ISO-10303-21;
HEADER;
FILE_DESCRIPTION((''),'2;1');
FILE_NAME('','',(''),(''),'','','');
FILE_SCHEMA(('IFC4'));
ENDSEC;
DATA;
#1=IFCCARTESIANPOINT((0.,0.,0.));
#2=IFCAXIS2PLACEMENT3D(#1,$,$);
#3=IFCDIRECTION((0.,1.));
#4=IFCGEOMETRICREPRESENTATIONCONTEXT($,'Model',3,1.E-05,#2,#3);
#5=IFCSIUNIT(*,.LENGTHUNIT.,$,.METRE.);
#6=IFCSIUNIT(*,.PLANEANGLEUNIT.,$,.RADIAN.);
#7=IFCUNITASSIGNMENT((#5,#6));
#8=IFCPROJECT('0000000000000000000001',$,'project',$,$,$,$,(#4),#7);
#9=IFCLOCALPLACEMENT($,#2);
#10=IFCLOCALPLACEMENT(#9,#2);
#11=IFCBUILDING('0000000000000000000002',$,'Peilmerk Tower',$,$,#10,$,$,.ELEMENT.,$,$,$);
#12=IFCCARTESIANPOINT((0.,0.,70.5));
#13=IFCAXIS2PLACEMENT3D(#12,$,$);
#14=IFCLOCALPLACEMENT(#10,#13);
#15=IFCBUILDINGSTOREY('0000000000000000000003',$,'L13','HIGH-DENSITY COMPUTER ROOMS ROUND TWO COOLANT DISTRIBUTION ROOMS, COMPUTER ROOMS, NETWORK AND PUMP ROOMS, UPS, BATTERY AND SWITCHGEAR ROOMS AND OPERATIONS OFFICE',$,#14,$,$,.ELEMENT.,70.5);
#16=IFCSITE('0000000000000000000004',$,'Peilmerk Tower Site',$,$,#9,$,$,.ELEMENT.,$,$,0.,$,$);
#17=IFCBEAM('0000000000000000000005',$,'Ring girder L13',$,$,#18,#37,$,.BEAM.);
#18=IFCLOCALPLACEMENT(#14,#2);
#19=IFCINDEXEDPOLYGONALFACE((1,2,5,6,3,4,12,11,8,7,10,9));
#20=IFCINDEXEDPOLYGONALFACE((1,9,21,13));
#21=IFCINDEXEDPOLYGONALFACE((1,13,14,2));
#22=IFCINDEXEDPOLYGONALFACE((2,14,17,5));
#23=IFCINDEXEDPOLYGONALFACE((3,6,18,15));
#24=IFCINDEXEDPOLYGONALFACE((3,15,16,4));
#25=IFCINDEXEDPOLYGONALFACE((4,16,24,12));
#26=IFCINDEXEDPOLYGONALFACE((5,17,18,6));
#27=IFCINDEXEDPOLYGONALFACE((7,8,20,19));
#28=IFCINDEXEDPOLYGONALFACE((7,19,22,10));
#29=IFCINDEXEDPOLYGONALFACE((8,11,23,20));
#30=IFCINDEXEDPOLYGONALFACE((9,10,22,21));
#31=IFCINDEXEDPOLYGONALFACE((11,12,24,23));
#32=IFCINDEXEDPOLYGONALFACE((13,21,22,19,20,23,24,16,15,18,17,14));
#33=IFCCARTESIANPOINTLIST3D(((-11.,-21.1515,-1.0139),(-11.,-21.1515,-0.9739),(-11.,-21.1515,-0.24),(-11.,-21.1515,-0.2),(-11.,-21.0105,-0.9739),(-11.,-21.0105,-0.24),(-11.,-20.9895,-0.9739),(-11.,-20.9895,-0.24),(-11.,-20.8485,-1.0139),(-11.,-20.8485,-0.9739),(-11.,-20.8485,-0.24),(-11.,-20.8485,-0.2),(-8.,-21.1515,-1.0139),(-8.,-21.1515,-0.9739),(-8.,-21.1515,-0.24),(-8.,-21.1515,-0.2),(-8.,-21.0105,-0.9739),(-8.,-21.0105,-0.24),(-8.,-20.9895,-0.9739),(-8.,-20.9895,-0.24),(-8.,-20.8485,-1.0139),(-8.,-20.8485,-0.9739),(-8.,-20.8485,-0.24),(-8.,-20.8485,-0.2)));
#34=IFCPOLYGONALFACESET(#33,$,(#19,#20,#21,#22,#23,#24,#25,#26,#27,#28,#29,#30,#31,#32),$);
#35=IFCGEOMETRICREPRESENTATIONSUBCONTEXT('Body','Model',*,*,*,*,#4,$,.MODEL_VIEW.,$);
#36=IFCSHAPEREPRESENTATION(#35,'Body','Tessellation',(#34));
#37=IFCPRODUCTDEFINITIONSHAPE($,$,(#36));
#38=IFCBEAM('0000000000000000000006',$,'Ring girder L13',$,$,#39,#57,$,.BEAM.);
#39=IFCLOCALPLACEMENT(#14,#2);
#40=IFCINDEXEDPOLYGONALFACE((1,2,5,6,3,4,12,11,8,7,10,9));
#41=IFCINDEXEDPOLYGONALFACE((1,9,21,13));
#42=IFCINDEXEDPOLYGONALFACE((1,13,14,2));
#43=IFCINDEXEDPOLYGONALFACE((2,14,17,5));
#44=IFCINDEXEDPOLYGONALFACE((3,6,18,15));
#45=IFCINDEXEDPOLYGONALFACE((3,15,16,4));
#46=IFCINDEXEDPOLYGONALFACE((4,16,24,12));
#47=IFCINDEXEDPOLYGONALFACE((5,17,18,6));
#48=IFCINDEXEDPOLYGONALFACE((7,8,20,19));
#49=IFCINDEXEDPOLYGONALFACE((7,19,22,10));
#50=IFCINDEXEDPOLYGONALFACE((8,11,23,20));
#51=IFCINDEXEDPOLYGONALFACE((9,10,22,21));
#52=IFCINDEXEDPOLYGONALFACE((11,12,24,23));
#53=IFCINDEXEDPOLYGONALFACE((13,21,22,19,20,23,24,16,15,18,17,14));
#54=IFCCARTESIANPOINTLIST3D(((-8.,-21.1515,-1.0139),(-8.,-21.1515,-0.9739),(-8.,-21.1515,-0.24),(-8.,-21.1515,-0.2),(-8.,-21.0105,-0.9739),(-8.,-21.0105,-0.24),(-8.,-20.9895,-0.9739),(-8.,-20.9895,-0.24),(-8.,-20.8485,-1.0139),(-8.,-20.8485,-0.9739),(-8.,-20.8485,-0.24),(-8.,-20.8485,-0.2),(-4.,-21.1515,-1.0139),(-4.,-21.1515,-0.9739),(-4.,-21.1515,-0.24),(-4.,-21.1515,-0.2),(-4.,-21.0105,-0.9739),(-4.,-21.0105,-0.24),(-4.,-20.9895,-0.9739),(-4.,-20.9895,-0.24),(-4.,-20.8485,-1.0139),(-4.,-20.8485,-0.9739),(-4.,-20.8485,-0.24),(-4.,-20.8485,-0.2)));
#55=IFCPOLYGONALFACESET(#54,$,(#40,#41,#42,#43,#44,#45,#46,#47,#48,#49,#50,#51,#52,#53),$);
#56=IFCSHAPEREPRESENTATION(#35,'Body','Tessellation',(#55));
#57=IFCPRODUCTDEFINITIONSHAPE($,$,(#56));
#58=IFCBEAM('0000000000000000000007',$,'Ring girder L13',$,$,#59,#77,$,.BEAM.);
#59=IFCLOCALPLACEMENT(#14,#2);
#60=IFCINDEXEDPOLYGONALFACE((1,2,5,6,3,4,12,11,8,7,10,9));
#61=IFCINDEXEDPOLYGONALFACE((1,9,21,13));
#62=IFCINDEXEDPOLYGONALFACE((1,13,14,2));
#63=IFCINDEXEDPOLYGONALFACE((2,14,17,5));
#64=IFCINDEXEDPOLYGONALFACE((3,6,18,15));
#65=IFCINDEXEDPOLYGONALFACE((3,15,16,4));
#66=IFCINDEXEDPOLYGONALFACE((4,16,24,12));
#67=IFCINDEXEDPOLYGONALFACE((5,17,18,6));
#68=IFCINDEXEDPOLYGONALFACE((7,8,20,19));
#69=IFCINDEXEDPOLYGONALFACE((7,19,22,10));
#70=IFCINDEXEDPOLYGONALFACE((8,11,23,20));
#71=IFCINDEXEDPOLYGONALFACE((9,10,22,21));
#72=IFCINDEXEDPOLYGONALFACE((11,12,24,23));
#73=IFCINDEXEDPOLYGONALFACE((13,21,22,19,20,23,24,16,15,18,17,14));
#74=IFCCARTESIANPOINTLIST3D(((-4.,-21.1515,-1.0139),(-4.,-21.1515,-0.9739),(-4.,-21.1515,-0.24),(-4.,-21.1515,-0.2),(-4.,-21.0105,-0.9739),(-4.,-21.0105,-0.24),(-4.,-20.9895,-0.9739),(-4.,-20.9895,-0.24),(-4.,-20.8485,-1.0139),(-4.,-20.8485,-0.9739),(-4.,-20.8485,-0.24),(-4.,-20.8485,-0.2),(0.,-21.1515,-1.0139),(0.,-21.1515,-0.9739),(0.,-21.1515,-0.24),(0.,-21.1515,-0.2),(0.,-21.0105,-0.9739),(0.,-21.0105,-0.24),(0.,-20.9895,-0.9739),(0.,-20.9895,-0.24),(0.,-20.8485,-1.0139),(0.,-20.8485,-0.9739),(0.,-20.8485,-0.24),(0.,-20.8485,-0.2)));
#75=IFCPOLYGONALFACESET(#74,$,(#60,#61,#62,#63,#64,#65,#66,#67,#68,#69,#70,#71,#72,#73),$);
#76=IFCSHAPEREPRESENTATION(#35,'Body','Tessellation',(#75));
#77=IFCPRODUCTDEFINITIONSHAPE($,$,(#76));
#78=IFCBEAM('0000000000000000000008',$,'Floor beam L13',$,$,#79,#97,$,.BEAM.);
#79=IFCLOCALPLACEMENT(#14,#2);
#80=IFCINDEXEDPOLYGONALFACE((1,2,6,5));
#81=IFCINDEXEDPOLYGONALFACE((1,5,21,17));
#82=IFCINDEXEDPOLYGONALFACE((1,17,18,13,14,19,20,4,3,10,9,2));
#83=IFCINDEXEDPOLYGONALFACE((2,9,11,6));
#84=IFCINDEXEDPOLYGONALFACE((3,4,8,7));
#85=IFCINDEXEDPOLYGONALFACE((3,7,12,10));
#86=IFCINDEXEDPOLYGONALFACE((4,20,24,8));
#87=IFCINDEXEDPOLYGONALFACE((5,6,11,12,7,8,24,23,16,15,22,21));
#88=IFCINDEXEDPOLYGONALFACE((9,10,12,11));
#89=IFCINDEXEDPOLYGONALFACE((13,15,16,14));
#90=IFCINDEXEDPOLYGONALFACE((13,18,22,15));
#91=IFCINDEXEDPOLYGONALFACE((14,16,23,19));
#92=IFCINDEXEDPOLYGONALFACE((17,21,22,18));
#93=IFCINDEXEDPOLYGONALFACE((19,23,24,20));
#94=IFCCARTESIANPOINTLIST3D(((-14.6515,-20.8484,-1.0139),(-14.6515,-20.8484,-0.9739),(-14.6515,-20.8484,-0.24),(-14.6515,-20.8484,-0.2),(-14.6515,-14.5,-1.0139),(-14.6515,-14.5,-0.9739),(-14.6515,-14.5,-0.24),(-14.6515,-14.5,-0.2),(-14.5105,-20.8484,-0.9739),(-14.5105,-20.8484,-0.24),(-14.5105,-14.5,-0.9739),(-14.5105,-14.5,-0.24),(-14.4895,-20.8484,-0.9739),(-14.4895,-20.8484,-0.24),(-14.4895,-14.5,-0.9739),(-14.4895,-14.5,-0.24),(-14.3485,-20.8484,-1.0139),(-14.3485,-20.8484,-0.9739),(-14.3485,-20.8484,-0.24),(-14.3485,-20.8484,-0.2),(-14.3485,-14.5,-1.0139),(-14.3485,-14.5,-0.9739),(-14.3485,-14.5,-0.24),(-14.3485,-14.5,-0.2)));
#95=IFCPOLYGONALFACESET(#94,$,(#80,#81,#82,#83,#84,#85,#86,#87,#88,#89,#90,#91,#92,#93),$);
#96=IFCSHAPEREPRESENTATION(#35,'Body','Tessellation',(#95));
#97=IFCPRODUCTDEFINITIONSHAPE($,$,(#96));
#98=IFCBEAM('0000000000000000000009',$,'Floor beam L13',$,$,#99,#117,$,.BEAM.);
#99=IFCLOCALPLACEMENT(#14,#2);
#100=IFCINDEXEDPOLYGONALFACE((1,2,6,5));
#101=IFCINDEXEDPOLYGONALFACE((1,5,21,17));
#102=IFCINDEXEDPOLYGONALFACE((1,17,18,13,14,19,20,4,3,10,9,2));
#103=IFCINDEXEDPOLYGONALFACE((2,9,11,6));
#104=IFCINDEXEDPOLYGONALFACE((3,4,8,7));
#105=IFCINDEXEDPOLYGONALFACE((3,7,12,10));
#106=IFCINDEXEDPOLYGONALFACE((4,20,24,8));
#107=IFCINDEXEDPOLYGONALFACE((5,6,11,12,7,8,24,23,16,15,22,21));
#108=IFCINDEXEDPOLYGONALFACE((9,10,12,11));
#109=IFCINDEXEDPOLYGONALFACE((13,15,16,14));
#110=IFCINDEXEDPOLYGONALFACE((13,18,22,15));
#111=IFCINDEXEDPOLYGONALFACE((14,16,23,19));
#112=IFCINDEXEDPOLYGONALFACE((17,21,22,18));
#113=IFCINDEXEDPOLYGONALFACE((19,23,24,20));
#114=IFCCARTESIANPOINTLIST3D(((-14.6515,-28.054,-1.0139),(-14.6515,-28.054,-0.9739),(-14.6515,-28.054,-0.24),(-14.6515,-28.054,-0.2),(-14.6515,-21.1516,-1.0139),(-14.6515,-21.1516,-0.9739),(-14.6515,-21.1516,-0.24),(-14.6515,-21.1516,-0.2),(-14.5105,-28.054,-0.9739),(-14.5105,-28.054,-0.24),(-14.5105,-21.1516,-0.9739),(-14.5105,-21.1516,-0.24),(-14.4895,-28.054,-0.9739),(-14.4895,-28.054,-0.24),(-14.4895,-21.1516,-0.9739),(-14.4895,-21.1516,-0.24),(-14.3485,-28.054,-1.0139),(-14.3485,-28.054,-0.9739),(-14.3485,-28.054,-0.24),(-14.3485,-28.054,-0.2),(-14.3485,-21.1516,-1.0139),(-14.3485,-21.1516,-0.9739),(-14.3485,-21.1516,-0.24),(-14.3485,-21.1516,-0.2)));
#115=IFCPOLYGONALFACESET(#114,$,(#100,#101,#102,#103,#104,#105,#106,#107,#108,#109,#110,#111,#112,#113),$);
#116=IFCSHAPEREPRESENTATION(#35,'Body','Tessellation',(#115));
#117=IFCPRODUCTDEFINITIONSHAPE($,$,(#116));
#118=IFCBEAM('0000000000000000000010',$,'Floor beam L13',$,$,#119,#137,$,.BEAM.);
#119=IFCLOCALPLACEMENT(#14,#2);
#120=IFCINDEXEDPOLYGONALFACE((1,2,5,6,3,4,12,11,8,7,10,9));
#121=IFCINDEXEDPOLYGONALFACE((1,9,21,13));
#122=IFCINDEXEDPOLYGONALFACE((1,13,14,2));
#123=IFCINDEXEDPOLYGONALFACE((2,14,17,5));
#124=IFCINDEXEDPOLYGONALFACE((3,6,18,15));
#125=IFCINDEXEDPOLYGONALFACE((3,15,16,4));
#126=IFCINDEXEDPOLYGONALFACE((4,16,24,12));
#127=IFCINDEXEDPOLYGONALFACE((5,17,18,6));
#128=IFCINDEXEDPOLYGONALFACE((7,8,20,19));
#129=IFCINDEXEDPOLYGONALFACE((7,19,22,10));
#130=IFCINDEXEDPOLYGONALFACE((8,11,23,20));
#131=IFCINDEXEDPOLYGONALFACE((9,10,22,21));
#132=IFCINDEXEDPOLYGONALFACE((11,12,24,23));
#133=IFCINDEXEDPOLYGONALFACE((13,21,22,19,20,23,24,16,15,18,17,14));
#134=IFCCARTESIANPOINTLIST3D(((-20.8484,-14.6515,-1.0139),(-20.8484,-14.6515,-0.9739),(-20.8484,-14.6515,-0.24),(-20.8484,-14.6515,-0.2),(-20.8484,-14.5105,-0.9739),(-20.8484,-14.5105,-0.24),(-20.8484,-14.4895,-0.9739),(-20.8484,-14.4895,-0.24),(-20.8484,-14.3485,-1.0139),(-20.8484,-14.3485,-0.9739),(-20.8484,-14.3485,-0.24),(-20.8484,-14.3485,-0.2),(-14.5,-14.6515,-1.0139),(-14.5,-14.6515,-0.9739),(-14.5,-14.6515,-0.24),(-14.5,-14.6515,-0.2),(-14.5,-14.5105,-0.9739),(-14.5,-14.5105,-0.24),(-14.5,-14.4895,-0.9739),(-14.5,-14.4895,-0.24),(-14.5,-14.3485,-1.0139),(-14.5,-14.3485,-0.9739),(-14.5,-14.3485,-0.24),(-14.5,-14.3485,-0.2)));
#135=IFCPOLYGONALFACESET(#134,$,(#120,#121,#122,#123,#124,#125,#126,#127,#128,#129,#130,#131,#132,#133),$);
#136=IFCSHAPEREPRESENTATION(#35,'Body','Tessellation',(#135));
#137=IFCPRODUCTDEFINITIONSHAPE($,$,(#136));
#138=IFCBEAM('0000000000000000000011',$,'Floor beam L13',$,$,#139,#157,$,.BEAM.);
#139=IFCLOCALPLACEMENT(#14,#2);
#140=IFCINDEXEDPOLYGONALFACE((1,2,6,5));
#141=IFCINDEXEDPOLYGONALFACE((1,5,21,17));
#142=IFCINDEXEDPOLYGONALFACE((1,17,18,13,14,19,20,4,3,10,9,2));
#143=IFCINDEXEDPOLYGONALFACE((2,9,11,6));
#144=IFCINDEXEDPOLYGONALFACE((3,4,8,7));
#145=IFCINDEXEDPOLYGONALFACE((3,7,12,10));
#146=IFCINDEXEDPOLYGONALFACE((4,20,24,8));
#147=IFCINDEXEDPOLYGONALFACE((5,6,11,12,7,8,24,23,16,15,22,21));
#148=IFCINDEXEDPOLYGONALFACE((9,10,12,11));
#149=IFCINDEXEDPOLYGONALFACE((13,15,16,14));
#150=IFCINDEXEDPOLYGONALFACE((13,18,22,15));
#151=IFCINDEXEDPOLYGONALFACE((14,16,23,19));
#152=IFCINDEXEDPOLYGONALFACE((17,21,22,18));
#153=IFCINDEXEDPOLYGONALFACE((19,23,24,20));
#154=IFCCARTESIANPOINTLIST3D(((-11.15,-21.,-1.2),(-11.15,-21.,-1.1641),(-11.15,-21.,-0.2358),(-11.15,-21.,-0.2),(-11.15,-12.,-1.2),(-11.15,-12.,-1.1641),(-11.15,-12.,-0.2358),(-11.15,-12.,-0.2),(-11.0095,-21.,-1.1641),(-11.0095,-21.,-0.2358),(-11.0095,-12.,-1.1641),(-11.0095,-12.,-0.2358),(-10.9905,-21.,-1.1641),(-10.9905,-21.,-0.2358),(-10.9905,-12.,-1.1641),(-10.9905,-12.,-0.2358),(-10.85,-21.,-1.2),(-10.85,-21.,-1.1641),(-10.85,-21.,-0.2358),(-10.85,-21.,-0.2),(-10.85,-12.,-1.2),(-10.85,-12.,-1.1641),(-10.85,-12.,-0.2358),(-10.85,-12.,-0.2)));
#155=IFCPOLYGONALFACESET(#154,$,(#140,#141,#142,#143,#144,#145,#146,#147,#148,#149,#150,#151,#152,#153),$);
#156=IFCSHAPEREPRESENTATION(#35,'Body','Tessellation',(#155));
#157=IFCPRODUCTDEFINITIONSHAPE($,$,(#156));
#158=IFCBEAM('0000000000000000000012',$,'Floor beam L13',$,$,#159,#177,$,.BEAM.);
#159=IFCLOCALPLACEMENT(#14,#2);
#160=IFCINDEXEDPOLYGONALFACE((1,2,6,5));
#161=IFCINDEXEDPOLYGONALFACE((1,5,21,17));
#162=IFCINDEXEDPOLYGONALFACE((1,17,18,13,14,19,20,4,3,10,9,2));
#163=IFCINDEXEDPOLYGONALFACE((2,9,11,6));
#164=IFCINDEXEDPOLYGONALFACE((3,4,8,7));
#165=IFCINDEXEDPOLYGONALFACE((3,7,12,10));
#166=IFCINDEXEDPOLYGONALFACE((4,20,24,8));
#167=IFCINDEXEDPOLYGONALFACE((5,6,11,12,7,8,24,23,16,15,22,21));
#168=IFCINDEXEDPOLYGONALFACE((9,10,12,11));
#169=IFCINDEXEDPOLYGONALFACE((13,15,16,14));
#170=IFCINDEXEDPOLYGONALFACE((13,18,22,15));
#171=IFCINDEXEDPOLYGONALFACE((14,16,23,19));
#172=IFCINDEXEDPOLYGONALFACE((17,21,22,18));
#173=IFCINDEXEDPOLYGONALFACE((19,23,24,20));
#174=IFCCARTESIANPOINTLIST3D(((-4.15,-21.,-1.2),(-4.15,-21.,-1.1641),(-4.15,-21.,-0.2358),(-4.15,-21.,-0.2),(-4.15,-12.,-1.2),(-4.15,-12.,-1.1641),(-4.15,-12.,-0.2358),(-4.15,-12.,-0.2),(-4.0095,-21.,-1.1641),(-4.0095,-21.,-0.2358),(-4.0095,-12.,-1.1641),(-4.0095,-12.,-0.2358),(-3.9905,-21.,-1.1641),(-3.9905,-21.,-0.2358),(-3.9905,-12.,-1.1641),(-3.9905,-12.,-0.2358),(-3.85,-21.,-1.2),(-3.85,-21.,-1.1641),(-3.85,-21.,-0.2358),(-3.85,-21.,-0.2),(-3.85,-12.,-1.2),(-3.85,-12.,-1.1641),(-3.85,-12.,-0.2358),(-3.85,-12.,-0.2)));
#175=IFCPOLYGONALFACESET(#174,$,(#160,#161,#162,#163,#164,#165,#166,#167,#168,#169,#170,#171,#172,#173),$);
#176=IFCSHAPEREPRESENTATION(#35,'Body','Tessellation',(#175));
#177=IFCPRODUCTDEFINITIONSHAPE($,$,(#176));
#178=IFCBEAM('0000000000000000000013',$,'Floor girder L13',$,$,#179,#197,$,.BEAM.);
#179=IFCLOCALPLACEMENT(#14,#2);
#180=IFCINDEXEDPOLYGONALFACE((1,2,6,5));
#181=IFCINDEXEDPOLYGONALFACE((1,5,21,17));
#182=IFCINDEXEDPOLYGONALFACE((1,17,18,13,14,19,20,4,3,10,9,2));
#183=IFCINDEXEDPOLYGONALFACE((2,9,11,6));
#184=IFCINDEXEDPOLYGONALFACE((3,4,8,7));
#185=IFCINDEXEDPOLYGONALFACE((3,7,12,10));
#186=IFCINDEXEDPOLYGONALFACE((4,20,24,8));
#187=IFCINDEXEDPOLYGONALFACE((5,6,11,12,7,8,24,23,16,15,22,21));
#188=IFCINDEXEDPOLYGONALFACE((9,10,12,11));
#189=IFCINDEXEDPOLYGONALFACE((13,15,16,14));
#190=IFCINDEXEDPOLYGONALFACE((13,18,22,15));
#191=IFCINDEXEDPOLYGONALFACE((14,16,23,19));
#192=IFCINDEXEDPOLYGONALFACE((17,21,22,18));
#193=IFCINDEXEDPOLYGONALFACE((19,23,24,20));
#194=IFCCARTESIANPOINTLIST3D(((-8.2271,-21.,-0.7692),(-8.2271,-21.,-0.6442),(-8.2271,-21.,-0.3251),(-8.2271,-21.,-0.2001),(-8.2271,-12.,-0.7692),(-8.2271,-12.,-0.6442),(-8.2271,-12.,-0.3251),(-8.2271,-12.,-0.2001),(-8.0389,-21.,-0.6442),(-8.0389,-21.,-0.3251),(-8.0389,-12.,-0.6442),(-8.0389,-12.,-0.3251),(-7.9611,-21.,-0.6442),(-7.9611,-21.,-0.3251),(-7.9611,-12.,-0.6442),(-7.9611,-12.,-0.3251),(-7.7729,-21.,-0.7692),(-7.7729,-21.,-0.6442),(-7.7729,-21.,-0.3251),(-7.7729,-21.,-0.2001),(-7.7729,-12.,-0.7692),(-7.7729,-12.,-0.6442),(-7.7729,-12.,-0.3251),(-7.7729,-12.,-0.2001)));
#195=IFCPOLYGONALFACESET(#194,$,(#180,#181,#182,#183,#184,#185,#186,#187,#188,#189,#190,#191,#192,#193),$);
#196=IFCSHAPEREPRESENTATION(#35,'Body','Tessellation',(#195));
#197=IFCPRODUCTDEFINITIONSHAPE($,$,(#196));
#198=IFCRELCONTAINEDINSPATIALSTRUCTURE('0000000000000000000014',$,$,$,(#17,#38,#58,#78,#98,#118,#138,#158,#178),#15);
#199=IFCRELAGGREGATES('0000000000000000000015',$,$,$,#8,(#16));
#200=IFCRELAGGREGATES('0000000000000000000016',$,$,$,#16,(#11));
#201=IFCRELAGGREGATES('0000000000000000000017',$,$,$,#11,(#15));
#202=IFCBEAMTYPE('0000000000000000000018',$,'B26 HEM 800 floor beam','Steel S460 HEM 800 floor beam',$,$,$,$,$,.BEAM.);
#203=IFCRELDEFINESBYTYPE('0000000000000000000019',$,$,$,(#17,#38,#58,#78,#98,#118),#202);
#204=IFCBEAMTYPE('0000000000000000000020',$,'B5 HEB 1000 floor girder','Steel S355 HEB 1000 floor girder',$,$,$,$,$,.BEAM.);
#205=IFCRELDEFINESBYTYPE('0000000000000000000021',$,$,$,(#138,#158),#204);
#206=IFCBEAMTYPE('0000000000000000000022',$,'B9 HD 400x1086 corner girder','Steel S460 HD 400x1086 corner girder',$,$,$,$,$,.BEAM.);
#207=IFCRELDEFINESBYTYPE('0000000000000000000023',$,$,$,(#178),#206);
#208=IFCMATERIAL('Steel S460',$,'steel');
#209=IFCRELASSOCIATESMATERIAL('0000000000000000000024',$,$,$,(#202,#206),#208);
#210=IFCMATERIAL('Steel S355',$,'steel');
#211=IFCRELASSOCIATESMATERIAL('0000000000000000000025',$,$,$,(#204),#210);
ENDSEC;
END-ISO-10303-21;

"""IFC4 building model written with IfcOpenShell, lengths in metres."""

from ifc_helpers import new_model, si_unit, direction, frame, origin, origin_2d, place, context, subcontext, project, spatial, i_section, extrude, material, material_profile, profile_set, type_object, element, save


model = new_model("IFC4")

# Units and contexts
model_context = context("Model", 3, precision=1e-05, world=origin(), true_north=direction((0.0, 1.0)))
body_context = subcontext(model_context, "Body", "Model", "MODEL_VIEW")
ifc_project = project(units=[si_unit("LENGTHUNIT", "METRE"), si_unit("PLANEANGLEUNIT", "RADIAN")], contexts=[model_context])

# Site, building, storey
site_placement = place(None, origin())
site = spatial("IfcSite", under=ifc_project, at=site_placement, Name="Peilmerk Tower Site", CompositionType="ELEMENT", RefElevation=0.0)
building_placement = place(site_placement, origin())
building = spatial("IfcBuilding", under=site, at=building_placement, Name="Peilmerk Tower", CompositionType="ELEMENT")
storey_placement = place(building_placement, frame((0.0, 0.0, 70.5)))
storey = spatial("IfcBuildingStorey", under=building, at=storey_placement, Name="L13", Description="HIGH-DENSITY COMPUTER ROOMS ROUND TWO COOLANT DISTRIBUTION ROOMS, COMPUTER ROOMS, NETWORK AND PUMP ROOMS, UPS, BATTERY AND SWITCHGEAR ROOMS AND OPERATIONS OFFICE", CompositionType="ELEMENT", Elevation=70.5)

# Beams
ifc_material_1 = material(Name="Steel S355", Category="steel")
ifc_material_2 = material(Name="Steel S460", Category="steel")
ifc_material_profile_1 = material_profile(ifc_material_2, i_section(OverallWidth=0.303, OverallDepth=0.814, WebThickness=0.021, FlangeThickness=0.04, at=origin_2d()), Name="HEM 800")
ifc_profile_set_1 = profile_set([ifc_material_profile_1], Name="Steel S460")
beam_type_1 = type_object("IfcBeamType", Name="B26 HEM 800 floor beam", Description="Steel S460 HEM 800 floor beam", PredefinedType="BEAM", material=ifc_profile_set_1)
beam_1_placement = place(storey_placement, frame((-11.0, -21.0, -0.6069), z_axis=(1.0, 0.0, 0.0), x_axis=(0.0, 1.0, 0.0)))
element("IfcBeam", 1, at=beam_1_placement, inside=storey, type_object=beam_type_1, Name="Ring girder L13", PredefinedType="BEAM", context=body_context, shape_type="SweptSolid", body=[
    extrude(i_section(OverallWidth=0.303, OverallDepth=0.814, WebThickness=0.021, FlangeThickness=0.04, at=origin_2d()), origin(), (0.0, 0.0, 1.0), 3.0),
])
for number, where, z_axis, x_axis, name in (
    (2, (-8.0, -21.0, -0.6069), (1.0, 0.0, 0.0), (0.0, 1.0, 0.0), "Ring girder L13"),
    (3, (-4.0, -21.0, -0.6069), (1.0, 0.0, 0.0), (0.0, 1.0, 0.0), "Ring girder L13"),
):
    element("IfcBeam", number, at=place(storey_placement, frame(where, z_axis=z_axis, x_axis=x_axis)), inside=storey, type_object=beam_type_1, Name=name, PredefinedType="BEAM", context=body_context, shape_type="SweptSolid", body=[
        extrude(i_section(OverallWidth=0.303, OverallDepth=0.814, WebThickness=0.021, FlangeThickness=0.04, at=origin_2d()), origin(), (0.0, 0.0, 1.0), 4.0),
    ])
beam_2_placement = place(storey_placement, frame((-14.5, -14.5, -0.6069), z_axis=(0.0, -1.0, 0.0), x_axis=(1.0, 0.0, 0.0)))
element("IfcBeam", 4, at=beam_2_placement, inside=storey, type_object=beam_type_1, Name="Floor beam L13", PredefinedType="BEAM", context=body_context, shape_type="SweptSolid", body=[
    extrude(i_section(OverallWidth=0.303, OverallDepth=0.814, WebThickness=0.021, FlangeThickness=0.04, at=origin_2d()), origin(), (0.0, 0.0, 1.0), 6.3484),
])
beam_3_placement = place(storey_placement, frame((-14.5, -21.1516, -0.6069), z_axis=(0.0, -1.0, 0.0), x_axis=(1.0, 0.0, 0.0)))
element("IfcBeam", 5, at=beam_3_placement, inside=storey, type_object=beam_type_1, Name="Floor beam L13", PredefinedType="BEAM", context=body_context, shape_type="SweptSolid", body=[
    extrude(i_section(OverallWidth=0.303, OverallDepth=0.814, WebThickness=0.021, FlangeThickness=0.04, at=origin_2d()), origin(), (0.0, 0.0, 1.0), 6.9023),
])
beam_4_placement = place(storey_placement, frame((-14.5, -14.5, -0.6069), z_axis=(-1.0, 0.0, 0.0), x_axis=(0.0, -1.0, 0.0)))
element("IfcBeam", 6, at=beam_4_placement, inside=storey, type_object=beam_type_1, Name="Floor beam L13", PredefinedType="BEAM", context=body_context, shape_type="SweptSolid", body=[
    extrude(i_section(OverallWidth=0.303, OverallDepth=0.814, WebThickness=0.021, FlangeThickness=0.04, at=origin_2d()), origin(), (0.0, 0.0, 1.0), 6.3484),
])
ifc_material_profile_2 = material_profile(ifc_material_1, i_section(OverallWidth=0.3, OverallDepth=1.0, WebThickness=0.019, FlangeThickness=0.0359, at=origin_2d()), Name="HEB 1000")
ifc_profile_set_2 = profile_set([ifc_material_profile_2], Name="Steel S355")
beam_type_2 = type_object("IfcBeamType", Name="B5 HEB 1000 floor girder", Description="Steel S355 HEB 1000 floor girder", PredefinedType="BEAM", material=ifc_profile_set_2)
for number, where, z_axis, x_axis, name in (
    (7, (-11.0, -12.0, -0.7), (0.0, -1.0, 0.0), (1.0, 0.0, 0.0), "Floor beam L13"),
    (8, (-4.0, -12.0, -0.7), (0.0, -1.0, 0.0), (1.0, 0.0, 0.0), "Floor beam L13"),
):
    element("IfcBeam", number, at=place(storey_placement, frame(where, z_axis=z_axis, x_axis=x_axis)), inside=storey, type_object=beam_type_2, Name=name, PredefinedType="BEAM", context=body_context, shape_type="SweptSolid", body=[
        extrude(i_section(OverallWidth=0.3, OverallDepth=1.0, WebThickness=0.019, FlangeThickness=0.0359, at=origin_2d()), origin(), (0.0, 0.0, 1.0), 9.0),
    ])
ifc_material_profile_3 = material_profile(ifc_material_2, i_section(OverallWidth=0.4541, OverallDepth=0.5691, WebThickness=0.0779, FlangeThickness=0.125, at=origin_2d()), Name="HD 400x1086")
ifc_profile_set_3 = profile_set([ifc_material_profile_3], Name="Steel S460")
beam_type_3 = type_object("IfcBeamType", Name="B9 HD 400x1086 corner girder", Description="Steel S460 HD 400x1086 corner girder", PredefinedType="BEAM", material=ifc_profile_set_3)
beam_5_placement = place(storey_placement, frame((-8.0, -12.0, -0.4846), z_axis=(0.0, -1.0, 0.0), x_axis=(1.0, 0.0, 0.0)))
element("IfcBeam", 9, at=beam_5_placement, inside=storey, type_object=beam_type_3, Name="Floor girder L13", PredefinedType="BEAM", context=body_context, shape_type="SweptSolid", body=[
    extrude(i_section(OverallWidth=0.4541, OverallDepth=0.5691, WebThickness=0.0779, FlangeThickness=0.125, at=origin_2d()), origin(), (0.0, 0.0, 1.0), 9.0),
])

save(model, "model.ifc")
